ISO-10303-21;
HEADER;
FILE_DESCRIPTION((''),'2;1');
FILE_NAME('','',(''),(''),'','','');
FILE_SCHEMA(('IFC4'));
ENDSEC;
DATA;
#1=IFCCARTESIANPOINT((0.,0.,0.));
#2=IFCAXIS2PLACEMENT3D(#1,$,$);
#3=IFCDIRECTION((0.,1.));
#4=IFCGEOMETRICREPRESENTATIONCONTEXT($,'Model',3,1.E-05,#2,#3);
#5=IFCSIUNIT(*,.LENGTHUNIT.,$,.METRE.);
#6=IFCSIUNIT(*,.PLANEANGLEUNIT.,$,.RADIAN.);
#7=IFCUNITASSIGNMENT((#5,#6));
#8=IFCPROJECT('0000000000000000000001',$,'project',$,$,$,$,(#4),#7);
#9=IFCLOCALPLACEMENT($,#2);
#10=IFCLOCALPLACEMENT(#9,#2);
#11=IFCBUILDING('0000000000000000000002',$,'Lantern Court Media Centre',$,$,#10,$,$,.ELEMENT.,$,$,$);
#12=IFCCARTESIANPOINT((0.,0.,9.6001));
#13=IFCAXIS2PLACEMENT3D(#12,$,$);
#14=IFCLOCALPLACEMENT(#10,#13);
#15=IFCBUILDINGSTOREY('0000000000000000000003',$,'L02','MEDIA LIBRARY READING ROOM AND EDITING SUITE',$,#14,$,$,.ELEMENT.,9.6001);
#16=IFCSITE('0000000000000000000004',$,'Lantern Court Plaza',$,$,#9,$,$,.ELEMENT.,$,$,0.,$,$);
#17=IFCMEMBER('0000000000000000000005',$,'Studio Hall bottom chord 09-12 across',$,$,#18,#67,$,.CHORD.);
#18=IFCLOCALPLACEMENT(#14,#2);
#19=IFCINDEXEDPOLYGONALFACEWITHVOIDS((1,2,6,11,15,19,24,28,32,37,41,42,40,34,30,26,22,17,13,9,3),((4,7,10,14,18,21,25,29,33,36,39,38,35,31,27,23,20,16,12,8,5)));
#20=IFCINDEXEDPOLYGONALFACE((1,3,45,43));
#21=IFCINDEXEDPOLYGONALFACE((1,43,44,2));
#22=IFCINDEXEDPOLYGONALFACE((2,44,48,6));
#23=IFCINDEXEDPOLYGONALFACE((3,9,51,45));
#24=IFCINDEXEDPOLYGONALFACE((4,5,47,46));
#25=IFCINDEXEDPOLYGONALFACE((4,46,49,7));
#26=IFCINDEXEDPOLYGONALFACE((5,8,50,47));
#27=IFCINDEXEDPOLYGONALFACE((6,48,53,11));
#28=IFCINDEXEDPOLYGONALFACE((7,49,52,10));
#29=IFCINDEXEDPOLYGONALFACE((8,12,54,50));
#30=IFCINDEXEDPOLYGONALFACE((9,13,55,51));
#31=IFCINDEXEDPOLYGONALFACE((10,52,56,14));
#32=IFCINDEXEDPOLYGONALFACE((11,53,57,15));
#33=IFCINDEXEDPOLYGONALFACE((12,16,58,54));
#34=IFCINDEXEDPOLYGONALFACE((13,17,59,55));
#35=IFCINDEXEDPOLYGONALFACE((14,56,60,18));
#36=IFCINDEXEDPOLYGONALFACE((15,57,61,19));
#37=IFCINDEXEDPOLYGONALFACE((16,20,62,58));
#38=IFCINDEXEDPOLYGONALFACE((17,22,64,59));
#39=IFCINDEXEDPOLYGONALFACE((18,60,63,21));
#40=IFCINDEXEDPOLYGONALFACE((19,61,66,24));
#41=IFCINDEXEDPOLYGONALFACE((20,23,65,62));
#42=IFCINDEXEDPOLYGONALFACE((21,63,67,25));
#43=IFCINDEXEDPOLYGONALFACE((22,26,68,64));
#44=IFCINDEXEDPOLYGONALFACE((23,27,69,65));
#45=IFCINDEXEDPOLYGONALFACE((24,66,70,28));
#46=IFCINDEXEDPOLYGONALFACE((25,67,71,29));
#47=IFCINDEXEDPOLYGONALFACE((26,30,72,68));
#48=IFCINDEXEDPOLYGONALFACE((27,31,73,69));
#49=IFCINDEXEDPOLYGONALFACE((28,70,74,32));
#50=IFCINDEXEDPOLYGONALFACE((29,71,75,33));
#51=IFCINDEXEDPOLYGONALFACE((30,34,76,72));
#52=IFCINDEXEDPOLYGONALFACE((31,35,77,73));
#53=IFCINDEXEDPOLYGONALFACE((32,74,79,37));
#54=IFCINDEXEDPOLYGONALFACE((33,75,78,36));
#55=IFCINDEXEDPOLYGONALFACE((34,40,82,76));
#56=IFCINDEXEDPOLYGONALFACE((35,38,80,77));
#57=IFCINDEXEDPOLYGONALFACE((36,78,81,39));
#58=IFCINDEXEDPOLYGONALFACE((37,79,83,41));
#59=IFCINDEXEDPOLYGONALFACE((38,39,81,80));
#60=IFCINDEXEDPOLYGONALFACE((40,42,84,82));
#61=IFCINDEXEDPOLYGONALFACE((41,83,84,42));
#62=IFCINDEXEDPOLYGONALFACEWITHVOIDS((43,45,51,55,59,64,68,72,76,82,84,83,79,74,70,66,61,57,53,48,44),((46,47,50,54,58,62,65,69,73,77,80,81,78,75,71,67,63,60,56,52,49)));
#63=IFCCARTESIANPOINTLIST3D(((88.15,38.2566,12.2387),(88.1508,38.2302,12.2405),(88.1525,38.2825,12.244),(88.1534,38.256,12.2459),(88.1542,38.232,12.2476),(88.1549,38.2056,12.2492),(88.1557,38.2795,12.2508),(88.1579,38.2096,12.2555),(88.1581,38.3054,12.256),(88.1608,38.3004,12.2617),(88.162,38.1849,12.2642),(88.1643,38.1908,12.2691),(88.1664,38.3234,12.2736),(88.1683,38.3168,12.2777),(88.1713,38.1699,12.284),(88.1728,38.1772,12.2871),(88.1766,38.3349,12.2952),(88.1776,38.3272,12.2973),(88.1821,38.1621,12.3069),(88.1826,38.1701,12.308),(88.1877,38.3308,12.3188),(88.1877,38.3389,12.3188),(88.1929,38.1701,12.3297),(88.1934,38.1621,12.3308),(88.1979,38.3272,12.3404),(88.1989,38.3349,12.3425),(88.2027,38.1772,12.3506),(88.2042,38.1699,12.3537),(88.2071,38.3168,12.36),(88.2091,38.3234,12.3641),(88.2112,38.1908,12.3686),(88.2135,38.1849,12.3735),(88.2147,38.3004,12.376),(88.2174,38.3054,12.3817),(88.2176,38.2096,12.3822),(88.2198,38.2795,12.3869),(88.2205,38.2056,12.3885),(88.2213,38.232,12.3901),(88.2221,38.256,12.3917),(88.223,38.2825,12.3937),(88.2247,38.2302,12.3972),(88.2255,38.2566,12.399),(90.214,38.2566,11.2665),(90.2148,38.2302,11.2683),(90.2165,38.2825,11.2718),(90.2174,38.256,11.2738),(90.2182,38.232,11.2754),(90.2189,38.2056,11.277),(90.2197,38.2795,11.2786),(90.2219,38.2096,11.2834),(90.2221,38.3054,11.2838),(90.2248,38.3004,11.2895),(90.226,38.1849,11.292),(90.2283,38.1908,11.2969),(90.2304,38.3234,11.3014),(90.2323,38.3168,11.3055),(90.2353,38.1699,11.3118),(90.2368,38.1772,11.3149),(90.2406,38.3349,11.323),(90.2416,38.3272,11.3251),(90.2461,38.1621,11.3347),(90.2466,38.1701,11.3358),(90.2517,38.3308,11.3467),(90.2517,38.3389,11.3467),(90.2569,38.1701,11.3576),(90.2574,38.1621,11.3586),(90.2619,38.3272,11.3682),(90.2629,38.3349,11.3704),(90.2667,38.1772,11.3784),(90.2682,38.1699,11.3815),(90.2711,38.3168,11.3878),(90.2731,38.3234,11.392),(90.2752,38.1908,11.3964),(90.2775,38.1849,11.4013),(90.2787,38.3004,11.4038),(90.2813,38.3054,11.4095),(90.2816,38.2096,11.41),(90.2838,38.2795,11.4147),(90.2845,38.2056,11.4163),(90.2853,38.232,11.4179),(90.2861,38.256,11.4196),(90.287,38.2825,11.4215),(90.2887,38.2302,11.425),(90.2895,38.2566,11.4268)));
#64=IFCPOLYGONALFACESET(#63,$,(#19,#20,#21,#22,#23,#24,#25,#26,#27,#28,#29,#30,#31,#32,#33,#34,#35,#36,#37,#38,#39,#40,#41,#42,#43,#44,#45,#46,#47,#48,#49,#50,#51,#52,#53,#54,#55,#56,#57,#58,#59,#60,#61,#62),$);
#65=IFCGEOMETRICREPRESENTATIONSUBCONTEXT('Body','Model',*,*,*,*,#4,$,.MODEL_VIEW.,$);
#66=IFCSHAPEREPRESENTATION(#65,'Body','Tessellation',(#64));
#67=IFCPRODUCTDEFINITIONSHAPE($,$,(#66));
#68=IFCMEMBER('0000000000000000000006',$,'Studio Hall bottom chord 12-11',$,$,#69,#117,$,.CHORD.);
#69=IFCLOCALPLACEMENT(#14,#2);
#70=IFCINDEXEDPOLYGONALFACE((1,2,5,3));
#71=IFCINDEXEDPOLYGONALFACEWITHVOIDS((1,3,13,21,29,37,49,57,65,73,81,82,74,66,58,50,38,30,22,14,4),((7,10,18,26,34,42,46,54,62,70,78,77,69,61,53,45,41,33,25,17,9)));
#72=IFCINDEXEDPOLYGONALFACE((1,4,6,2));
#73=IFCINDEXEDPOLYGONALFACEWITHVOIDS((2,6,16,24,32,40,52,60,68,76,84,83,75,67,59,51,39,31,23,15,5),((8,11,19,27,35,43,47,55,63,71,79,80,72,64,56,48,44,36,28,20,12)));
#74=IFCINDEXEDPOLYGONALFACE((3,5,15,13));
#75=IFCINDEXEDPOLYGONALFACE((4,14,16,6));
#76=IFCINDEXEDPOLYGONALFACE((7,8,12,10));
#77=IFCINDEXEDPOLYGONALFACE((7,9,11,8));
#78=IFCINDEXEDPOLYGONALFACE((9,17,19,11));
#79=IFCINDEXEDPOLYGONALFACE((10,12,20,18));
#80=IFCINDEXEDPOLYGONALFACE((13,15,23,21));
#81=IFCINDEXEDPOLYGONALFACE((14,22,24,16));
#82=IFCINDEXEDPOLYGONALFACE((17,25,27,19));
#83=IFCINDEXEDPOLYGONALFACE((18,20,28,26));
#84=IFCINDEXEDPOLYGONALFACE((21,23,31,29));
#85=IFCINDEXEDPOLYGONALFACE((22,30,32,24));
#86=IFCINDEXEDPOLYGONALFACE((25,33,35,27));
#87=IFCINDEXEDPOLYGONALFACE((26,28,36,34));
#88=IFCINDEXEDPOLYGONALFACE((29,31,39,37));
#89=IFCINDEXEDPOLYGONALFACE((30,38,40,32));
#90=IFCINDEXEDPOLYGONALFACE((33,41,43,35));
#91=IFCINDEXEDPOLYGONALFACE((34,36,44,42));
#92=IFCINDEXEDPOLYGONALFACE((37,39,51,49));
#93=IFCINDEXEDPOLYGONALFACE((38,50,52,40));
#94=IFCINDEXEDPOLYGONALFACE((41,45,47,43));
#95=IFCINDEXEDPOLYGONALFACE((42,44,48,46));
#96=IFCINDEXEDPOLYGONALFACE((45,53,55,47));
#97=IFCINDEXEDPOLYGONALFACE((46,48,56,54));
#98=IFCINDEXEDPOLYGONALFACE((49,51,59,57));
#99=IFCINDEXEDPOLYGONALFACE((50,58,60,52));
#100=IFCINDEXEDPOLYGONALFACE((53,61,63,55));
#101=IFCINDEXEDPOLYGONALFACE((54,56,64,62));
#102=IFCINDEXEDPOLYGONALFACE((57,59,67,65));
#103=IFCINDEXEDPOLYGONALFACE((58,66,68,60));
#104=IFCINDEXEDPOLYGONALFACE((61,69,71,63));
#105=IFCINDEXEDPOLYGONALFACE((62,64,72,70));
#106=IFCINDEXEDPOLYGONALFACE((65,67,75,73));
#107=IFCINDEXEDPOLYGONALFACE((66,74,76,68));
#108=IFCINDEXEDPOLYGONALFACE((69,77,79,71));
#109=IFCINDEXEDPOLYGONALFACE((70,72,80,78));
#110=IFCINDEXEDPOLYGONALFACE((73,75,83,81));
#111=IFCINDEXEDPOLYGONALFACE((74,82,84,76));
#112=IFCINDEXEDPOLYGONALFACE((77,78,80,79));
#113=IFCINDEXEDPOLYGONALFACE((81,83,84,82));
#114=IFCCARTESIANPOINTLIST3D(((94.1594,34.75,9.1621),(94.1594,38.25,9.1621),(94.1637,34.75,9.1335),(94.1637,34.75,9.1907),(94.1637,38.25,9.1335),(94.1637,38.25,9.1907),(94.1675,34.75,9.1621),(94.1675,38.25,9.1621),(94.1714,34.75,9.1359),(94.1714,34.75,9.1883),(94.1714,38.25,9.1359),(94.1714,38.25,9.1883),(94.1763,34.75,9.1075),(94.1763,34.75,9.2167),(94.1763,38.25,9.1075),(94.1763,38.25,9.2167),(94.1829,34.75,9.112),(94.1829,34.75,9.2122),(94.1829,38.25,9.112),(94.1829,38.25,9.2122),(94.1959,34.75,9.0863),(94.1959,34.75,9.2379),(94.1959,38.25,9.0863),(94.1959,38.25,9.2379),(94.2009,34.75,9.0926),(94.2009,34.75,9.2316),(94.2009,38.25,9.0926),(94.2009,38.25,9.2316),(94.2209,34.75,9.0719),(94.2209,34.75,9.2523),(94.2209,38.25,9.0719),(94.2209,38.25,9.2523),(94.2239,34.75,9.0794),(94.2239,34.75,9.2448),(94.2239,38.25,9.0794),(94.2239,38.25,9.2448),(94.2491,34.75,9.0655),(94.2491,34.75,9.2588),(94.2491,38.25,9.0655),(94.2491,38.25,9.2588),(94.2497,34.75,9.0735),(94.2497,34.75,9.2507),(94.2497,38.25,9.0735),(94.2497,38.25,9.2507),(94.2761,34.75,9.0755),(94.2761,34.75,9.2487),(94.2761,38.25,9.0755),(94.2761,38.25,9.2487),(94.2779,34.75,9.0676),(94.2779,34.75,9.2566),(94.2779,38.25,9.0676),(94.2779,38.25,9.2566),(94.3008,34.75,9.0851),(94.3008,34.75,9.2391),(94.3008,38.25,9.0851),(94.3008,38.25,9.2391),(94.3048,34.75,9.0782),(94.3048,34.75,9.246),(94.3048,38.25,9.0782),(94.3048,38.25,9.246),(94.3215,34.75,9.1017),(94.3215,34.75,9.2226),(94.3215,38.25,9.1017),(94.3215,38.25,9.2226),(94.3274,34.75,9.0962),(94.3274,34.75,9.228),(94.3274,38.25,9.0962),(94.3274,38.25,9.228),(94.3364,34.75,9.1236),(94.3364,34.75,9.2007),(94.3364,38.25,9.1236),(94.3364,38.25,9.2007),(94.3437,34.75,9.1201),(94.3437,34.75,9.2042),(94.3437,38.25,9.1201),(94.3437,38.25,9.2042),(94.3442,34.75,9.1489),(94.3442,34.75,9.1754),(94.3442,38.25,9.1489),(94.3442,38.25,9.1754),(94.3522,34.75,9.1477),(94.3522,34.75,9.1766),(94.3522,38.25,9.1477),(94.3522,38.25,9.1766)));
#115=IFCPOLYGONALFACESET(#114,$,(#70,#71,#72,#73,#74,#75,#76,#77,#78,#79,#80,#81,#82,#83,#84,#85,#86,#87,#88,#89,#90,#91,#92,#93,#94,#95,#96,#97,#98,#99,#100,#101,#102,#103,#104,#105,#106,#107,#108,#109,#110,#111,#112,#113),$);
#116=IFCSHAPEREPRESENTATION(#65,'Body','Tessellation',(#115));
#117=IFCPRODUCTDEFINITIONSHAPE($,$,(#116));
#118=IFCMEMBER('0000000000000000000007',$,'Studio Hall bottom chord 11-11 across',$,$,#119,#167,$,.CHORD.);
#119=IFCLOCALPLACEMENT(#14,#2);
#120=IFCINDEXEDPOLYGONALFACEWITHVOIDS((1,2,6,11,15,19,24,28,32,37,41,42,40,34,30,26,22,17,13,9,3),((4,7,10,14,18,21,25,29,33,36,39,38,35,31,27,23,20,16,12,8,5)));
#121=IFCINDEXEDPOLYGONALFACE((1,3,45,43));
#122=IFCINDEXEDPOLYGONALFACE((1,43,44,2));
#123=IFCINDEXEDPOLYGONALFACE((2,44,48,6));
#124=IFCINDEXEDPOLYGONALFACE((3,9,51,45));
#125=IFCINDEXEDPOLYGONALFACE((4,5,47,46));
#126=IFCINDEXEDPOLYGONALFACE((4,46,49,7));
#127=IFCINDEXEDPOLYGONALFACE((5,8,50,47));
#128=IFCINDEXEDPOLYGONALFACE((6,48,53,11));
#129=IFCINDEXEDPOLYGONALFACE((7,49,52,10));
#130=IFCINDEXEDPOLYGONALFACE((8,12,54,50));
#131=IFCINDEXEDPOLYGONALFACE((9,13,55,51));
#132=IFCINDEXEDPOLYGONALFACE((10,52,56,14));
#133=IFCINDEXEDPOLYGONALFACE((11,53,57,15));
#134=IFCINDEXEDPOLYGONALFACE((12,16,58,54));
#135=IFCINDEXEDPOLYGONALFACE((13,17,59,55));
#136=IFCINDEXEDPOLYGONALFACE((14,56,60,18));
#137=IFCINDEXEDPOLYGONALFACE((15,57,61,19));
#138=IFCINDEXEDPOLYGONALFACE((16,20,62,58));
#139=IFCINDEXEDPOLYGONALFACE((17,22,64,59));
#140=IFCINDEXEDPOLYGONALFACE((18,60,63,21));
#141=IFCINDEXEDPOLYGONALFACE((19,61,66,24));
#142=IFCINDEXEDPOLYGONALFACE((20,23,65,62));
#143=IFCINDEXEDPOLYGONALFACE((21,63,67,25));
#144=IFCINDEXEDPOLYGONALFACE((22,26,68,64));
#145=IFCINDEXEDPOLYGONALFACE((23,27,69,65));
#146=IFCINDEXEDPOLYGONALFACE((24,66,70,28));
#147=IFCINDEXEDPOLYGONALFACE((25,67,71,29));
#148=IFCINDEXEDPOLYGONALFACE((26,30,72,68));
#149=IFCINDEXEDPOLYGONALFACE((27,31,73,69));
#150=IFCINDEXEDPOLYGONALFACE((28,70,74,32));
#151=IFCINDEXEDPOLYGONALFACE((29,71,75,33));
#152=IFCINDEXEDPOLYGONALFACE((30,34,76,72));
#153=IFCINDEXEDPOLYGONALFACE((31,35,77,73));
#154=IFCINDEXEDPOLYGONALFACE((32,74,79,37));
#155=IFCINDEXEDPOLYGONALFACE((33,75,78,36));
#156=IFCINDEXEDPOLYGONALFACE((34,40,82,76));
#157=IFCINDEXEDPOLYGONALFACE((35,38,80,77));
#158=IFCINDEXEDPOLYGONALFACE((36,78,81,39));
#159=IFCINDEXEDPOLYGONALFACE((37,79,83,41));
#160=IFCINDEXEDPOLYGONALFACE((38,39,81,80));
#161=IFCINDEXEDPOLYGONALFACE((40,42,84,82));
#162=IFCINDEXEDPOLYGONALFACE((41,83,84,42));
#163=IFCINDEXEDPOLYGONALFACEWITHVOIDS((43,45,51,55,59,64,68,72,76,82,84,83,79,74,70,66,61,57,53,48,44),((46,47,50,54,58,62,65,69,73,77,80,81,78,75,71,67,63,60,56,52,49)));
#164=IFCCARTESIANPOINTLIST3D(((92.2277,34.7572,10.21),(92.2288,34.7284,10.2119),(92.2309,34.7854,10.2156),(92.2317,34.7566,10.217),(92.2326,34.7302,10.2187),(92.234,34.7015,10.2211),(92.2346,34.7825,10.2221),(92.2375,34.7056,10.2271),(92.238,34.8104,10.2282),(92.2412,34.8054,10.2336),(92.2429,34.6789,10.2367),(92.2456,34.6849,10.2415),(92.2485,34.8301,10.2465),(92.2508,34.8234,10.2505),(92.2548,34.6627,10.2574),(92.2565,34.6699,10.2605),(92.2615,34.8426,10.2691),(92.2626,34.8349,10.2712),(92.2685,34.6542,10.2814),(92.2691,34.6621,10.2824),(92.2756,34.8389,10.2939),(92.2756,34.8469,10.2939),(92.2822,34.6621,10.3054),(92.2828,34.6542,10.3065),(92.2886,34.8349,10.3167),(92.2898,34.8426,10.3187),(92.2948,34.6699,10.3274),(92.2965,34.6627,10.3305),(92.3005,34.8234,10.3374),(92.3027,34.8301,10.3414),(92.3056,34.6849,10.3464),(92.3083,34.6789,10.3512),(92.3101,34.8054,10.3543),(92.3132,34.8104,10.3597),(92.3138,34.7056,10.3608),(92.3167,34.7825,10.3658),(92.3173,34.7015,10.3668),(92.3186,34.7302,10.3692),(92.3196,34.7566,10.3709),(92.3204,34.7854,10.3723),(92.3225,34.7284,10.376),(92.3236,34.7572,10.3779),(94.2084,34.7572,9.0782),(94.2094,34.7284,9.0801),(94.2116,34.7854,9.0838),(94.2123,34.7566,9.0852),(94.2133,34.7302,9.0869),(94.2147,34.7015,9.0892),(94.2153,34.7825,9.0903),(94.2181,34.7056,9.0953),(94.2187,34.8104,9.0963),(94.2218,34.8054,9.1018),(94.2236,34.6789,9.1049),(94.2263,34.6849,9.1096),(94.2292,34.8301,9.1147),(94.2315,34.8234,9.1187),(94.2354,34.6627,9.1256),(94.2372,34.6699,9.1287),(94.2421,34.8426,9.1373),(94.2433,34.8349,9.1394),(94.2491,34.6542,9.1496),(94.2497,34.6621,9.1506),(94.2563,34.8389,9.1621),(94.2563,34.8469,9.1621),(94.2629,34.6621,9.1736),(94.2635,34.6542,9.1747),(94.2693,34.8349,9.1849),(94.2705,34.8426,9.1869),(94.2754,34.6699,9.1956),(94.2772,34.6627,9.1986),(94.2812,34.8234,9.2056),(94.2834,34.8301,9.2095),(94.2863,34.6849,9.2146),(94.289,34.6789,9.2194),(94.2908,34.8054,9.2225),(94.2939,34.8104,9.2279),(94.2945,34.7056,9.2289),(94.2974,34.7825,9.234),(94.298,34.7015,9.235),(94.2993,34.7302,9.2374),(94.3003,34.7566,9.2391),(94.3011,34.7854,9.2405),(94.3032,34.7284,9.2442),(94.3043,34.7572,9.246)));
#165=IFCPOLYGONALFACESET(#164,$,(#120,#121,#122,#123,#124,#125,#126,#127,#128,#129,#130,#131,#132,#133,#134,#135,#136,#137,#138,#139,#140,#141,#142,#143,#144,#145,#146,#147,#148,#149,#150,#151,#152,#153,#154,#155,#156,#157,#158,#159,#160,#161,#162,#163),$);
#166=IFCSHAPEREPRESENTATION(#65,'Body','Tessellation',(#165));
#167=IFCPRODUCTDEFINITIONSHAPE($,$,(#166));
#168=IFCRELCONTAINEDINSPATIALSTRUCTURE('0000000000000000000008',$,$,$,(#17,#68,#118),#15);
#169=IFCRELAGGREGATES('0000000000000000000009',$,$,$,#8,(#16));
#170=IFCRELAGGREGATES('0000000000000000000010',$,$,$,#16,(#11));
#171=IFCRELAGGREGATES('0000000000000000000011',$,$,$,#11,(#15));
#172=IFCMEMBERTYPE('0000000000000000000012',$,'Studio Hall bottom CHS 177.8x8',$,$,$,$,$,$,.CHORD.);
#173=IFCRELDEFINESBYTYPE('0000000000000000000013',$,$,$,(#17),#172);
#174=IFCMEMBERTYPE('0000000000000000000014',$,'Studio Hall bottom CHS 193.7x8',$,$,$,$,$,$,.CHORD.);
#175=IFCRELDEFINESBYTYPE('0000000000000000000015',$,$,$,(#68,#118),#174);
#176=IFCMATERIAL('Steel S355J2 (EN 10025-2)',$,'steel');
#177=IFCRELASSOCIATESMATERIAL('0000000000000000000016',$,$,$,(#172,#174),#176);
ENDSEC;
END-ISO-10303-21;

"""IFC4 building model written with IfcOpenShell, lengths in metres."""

from ifc_helpers import new_model, si_unit, direction, frame, origin, origin_2d, place, context, subcontext, project, spatial, hollow_circle, extrude, material, material_profile, profile_set, type_object, element, save


model = new_model("IFC4")

# Units and contexts
model_context = context("Model", 3, precision=1e-05, world=origin(), true_north=direction((0.0, 1.0)))
body_context = subcontext(model_context, "Body", "Model", "MODEL_VIEW")
ifc_project = project(units=[si_unit("LENGTHUNIT", "METRE"), si_unit("PLANEANGLEUNIT", "RADIAN")], contexts=[model_context])

# Site, building, storey
site_placement = place(None, origin())
site = spatial("IfcSite", under=ifc_project, at=site_placement, Name="Lantern Court Plaza", CompositionType="ELEMENT", RefElevation=0.0)
building_placement = place(site_placement, origin())
building = spatial("IfcBuilding", under=site, at=building_placement, Name="Lantern Court Media Centre", CompositionType="ELEMENT")
storey_placement = place(building_placement, frame((0.0, 0.0, 9.6001)))
storey = spatial("IfcBuildingStorey", under=building, at=storey_placement, Name="L02", Description="MEDIA LIBRARY READING ROOM AND EDITING SUITE", CompositionType="ELEMENT", Elevation=9.6001)

# Members
ifc_material = material(Name="Steel S355J2 (EN 10025-2)", Category="steel")
ifc_material_profile_1 = material_profile(ifc_material, hollow_circle(Radius=0.0889, WallThickness=0.0081, at=origin_2d()), Name="Studio Hall bottom CHS 177.8x8")
ifc_profile_set_1 = profile_set([ifc_material_profile_1], Name="Steel S355J2 (EN 10025-2)")
member_type_1 = type_object("IfcMemberType", Name="Studio Hall bottom CHS 177.8x8", PredefinedType="CHORD", material=ifc_profile_set_1)
member_1_placement = place(storey_placement, frame((88.1877, 38.25, 12.3188), z_axis=(0.904668, 0.0, -0.426117), x_axis=(0.0, 1.0, 0.0)))
element("IfcMember", 1, at=member_1_placement, inside=storey, type_object=member_type_1, Name="Studio Hall bottom chord 09-12 across", PredefinedType="CHORD", context=body_context, shape_type="SweptSolid", body=[
    extrude(hollow_circle(Radius=0.0889, WallThickness=0.0081, at=origin_2d()), origin(), (0.0, 0.0, 1.0), 2.2815),
])
ifc_material_profile_2 = material_profile(ifc_material, hollow_circle(Radius=0.0969, WallThickness=0.0081, at=origin_2d()), Name="Studio Hall bottom CHS 193.7x8")
ifc_profile_set_2 = profile_set([ifc_material_profile_2], Name="Steel S355J2 (EN 10025-2)")
member_type_2 = type_object("IfcMemberType", Name="Studio Hall bottom CHS 193.7x8", PredefinedType="CHORD", material=ifc_profile_set_2)
member_2_placement = place(storey_placement, frame((94.2563, 34.75, 9.1621), z_axis=(0.0, 1.0, 0.0), x_axis=(-1.0, 0.0, 0.0)))
element("IfcMember", 2, at=member_2_placement, inside=storey, type_object=member_type_2, Name="Studio Hall bottom chord 12-11", PredefinedType="CHORD", context=body_context, shape_type="SweptSolid", body=[
    extrude(hollow_circle(Radius=0.0969, WallThickness=0.0081, at=origin_2d()), origin(), (0.0, 0.0, 1.0), 3.5),
])
member_3_placement = place(storey_placement, frame((92.2756, 34.75, 10.2939), z_axis=(0.868243, 0.0, -0.496139), x_axis=(0.0, 1.0, 0.0)))
element("IfcMember", 3, at=member_3_placement, inside=storey, type_object=member_type_2, Name="Studio Hall bottom chord 11-11 across", PredefinedType="CHORD", context=body_context, shape_type="SweptSolid", body=[
    extrude(hollow_circle(Radius=0.0969, WallThickness=0.0081, at=origin_2d()), origin(), (0.0, 0.0, 1.0), 2.2812),
])

save(model, "model.ifc")
